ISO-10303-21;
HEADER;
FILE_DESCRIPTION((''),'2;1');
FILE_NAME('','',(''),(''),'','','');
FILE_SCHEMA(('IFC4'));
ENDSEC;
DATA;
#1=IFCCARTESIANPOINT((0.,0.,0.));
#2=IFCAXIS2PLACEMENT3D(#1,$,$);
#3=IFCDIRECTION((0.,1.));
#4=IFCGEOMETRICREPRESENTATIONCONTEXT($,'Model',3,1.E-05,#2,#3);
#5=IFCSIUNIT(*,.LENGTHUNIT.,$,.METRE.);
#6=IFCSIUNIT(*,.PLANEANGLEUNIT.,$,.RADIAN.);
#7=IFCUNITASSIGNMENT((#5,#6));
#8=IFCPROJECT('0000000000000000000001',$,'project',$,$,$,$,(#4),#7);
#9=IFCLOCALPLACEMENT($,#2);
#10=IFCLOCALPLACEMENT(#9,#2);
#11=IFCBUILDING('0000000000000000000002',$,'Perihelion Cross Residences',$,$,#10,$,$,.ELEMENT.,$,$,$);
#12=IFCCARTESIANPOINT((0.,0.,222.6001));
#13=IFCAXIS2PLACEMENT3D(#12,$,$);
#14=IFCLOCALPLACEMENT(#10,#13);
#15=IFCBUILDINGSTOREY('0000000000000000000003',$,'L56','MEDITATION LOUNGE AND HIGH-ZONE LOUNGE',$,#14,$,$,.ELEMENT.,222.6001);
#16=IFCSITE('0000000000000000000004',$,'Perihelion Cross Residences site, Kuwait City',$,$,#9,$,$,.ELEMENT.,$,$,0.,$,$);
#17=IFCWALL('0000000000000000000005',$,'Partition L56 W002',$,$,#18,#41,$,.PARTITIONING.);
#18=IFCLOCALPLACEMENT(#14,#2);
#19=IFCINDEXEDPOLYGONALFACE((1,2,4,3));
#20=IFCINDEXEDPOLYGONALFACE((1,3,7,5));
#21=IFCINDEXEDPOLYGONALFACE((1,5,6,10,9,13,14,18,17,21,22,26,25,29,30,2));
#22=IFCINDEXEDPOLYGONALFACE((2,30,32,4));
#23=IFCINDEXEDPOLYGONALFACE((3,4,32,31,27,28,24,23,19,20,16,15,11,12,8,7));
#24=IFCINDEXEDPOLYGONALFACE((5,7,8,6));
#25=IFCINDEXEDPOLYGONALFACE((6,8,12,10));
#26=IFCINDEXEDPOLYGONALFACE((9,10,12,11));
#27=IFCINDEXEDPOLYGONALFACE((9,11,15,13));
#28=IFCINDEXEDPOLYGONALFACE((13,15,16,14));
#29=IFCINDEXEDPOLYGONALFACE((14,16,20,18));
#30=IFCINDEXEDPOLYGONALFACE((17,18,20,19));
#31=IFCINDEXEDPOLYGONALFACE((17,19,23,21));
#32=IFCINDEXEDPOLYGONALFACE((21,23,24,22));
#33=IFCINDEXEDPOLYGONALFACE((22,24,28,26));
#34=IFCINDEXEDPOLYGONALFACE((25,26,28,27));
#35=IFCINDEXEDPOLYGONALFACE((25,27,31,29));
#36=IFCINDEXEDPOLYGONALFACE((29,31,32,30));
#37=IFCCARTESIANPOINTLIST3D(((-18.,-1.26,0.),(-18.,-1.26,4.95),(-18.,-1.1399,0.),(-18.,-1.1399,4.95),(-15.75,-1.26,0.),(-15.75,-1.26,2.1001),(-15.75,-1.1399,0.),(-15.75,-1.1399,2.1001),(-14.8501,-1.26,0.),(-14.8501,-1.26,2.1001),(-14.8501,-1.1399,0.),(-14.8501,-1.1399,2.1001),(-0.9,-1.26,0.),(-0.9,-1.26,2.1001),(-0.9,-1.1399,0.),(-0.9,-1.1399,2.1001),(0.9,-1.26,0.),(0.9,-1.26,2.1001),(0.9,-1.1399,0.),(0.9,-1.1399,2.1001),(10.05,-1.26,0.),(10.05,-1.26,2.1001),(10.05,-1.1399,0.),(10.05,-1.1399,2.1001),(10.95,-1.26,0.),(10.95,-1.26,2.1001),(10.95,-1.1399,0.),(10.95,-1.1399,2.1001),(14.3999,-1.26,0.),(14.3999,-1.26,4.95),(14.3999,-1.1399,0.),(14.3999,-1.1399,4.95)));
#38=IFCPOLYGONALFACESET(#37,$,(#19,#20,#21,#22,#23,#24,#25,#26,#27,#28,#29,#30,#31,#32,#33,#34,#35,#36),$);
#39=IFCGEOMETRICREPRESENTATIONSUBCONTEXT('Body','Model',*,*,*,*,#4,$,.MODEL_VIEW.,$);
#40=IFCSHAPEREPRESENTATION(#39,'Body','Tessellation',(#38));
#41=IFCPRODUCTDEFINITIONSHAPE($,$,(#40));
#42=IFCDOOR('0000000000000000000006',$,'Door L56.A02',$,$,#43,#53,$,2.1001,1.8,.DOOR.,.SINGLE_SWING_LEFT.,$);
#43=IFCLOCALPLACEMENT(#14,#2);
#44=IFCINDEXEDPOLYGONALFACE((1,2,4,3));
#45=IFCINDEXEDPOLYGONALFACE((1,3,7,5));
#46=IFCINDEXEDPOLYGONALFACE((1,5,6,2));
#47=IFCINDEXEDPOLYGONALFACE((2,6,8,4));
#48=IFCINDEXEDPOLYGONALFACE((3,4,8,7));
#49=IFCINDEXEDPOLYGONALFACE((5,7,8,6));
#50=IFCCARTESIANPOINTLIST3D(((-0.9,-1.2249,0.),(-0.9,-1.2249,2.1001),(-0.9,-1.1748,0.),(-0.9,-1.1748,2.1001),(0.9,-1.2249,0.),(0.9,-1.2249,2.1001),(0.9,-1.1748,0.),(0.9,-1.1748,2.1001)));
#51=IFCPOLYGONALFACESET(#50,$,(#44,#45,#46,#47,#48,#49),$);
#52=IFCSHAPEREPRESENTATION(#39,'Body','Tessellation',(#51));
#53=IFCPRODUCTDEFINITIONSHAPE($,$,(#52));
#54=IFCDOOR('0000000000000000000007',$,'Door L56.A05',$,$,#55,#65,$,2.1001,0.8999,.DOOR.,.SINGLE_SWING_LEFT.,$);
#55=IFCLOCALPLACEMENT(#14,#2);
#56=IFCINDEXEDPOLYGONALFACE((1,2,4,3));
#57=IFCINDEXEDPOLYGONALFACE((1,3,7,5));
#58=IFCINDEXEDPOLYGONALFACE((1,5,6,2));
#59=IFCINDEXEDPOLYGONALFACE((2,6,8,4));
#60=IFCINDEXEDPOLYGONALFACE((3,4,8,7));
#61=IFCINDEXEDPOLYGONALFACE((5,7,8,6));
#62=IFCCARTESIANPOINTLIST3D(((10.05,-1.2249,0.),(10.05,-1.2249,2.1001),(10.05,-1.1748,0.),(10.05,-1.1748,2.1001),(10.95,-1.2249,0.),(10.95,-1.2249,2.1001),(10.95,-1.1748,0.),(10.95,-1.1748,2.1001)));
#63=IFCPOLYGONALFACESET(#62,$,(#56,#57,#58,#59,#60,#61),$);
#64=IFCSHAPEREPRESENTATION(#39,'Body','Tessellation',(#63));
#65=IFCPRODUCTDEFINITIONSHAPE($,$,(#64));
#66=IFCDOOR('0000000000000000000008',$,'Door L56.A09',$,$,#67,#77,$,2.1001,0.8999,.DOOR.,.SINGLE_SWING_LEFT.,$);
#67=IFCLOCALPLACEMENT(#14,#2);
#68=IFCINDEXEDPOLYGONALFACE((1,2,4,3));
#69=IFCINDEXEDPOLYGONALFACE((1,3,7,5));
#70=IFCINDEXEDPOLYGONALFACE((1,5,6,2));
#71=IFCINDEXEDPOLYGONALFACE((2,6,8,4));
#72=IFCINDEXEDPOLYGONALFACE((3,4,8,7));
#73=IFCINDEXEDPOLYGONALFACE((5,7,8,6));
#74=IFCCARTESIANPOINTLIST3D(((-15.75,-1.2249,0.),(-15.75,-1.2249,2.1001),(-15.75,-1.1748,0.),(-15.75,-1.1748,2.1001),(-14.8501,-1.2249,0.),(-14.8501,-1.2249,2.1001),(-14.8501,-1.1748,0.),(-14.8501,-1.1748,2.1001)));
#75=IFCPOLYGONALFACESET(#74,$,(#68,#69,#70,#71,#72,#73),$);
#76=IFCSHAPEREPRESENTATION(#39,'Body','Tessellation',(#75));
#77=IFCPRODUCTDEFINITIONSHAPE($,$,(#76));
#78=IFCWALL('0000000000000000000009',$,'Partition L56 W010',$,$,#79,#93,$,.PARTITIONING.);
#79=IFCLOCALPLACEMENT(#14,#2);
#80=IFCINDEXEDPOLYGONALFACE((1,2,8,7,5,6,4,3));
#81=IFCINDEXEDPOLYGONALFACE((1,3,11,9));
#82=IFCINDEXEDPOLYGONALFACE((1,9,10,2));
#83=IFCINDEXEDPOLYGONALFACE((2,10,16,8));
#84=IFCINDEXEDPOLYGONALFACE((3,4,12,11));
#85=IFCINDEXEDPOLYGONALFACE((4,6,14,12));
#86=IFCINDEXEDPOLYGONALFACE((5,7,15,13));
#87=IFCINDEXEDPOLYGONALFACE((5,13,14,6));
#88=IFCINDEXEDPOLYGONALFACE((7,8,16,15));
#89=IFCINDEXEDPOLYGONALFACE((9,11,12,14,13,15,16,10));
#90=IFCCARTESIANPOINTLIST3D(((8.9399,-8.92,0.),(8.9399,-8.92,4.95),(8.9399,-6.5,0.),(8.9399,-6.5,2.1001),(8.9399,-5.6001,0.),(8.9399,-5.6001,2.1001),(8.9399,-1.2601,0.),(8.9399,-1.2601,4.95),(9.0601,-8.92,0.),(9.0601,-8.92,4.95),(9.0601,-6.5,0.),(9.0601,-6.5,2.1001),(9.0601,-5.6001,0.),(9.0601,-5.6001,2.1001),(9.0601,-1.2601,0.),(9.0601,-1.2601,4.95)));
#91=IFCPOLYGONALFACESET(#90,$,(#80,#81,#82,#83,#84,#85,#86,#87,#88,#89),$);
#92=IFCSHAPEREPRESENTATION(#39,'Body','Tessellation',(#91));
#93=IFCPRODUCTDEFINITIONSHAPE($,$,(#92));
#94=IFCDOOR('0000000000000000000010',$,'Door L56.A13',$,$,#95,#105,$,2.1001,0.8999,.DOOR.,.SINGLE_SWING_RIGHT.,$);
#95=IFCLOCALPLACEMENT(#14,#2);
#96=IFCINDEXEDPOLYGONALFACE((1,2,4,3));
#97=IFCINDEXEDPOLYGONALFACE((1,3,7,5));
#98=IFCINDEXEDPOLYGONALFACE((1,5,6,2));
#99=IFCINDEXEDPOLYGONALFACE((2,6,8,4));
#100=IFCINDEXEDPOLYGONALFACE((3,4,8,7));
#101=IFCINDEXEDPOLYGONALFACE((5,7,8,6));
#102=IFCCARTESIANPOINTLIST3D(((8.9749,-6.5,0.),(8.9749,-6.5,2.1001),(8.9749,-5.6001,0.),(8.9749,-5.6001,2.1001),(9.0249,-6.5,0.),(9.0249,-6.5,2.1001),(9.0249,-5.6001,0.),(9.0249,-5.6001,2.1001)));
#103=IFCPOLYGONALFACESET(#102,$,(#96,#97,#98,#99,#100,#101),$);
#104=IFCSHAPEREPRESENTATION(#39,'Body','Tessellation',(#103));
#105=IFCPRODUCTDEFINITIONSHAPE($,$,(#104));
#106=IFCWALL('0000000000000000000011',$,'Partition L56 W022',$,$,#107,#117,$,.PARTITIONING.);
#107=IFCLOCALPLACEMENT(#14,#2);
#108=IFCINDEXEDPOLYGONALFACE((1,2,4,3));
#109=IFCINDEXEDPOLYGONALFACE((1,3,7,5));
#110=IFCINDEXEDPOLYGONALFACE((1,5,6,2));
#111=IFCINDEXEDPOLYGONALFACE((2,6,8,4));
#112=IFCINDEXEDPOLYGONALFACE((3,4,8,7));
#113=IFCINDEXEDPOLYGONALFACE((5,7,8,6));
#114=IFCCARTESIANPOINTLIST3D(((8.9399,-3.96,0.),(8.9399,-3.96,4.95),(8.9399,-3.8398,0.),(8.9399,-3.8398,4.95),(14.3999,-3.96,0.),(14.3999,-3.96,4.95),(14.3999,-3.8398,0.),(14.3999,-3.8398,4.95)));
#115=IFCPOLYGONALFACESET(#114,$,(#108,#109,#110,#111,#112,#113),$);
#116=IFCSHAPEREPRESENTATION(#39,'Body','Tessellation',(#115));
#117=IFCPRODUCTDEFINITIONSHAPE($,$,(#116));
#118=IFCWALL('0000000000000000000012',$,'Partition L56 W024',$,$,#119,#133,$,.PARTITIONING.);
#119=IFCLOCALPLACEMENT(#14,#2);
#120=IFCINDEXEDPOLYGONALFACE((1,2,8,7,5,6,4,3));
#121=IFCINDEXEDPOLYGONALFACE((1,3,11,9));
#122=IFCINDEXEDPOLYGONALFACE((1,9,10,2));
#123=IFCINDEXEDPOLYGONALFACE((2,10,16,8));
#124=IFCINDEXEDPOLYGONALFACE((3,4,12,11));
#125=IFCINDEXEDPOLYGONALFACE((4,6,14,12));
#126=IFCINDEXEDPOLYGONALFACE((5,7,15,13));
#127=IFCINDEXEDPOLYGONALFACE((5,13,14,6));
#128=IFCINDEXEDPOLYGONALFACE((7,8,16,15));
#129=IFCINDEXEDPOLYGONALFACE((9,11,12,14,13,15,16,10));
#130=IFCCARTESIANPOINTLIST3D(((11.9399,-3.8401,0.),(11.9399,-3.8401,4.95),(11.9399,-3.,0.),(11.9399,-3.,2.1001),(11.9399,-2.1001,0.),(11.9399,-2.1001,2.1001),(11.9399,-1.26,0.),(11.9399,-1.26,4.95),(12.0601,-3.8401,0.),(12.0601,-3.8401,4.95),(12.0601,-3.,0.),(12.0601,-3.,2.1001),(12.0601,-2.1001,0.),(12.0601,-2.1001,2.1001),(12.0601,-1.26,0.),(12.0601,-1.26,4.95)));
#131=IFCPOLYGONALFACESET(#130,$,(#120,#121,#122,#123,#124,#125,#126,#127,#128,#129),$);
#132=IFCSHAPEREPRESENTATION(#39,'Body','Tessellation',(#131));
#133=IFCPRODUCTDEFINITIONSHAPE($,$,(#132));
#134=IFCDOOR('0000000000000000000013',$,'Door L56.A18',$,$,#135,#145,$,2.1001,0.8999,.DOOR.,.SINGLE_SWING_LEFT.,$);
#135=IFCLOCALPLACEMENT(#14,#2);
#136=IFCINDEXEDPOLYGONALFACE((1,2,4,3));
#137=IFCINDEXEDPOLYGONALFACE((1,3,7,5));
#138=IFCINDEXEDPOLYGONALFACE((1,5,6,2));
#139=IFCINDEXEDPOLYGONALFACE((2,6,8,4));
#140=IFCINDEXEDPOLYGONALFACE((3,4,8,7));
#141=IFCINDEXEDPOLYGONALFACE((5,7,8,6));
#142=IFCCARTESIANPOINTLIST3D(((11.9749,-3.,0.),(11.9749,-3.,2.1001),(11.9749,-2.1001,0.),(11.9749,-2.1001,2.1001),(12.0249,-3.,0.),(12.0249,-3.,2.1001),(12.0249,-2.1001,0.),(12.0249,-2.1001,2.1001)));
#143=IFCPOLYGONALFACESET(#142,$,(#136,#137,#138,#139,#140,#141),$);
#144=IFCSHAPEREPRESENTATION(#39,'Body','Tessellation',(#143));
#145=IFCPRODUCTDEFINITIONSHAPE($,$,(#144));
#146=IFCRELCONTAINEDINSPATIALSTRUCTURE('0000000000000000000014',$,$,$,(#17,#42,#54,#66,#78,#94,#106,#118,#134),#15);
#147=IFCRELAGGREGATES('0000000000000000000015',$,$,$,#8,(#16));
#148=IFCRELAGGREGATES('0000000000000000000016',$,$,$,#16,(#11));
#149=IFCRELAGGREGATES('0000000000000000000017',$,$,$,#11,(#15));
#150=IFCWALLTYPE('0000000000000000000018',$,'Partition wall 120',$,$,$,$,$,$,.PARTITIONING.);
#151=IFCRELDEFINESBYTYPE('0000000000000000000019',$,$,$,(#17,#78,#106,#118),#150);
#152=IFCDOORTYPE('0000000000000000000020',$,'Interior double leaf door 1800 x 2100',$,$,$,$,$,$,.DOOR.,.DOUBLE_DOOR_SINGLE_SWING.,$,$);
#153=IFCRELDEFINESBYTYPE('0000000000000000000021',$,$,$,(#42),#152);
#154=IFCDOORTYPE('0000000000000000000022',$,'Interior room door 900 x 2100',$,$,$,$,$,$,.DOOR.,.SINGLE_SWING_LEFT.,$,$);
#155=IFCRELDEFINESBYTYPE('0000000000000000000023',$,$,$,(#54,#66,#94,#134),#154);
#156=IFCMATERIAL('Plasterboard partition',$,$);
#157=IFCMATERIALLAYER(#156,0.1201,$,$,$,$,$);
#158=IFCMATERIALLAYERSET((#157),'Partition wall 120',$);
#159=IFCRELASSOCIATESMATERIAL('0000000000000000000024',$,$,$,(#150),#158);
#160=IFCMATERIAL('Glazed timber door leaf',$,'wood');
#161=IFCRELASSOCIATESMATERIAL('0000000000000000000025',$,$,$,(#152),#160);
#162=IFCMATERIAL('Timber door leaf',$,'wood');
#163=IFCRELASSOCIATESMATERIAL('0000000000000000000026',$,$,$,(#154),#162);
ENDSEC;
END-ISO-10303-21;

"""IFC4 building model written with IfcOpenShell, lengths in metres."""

from ifc_helpers import new_model, si_unit, direction, frame, frame_2d, origin, place, context, subcontext, project, spatial, rectangle, extrude, material, layer, layer_set, type_object, element, fill, save


model = new_model("IFC4")

# Units and contexts
model_context = context("Model", 3, precision=1e-05, world=origin(), true_north=direction((0.0, 1.0)))
body_context = subcontext(model_context, "Body", "Model", "MODEL_VIEW")
ifc_project = project(units=[si_unit("LENGTHUNIT", "METRE"), si_unit("PLANEANGLEUNIT", "RADIAN")], contexts=[model_context])

# Site, building, storey
site_placement = place(None, origin())
site = spatial("IfcSite", under=ifc_project, at=site_placement, Name="Perihelion Cross Residences site, Kuwait City", CompositionType="ELEMENT", RefElevation=0.0)
building_placement = place(site_placement, origin())
building = spatial("IfcBuilding", under=site, at=building_placement, Name="Perihelion Cross Residences", CompositionType="ELEMENT")
storey_placement = place(building_placement, frame((0.0, 0.0, 222.6001)))
storey = spatial("IfcBuildingStorey", under=building, at=storey_placement, Name="L56", Description="MEDITATION LOUNGE AND HIGH-ZONE LOUNGE", CompositionType="ELEMENT", Elevation=222.6001)

# Wall, openings, doors
ifc_material_1 = material(Name="Plasterboard partition")
ifc_layer_1 = layer(ifc_material_1, 0.1201)
ifc_layer_set_1 = layer_set([ifc_layer_1], Name="Partition wall 120")
wall_type_1 = type_object("IfcWallType", Name="Partition wall 120", PredefinedType="PARTITIONING", material=ifc_layer_set_1)
wall_1_placement = place(storey_placement, frame((14.3999, -1.2, 0.0), z_axis=(0.0, 0.0, 1.0), x_axis=(-1.0, 0.0, 0.0)))
wall_1 = element("IfcWall", 1, at=wall_1_placement, inside=storey, type_object=wall_type_1, Name="Partition L56 W002", PredefinedType="PARTITIONING", context=body_context, shape_type="SweptSolid", body=[
    extrude(rectangle(XDim=32.3999, YDim=0.1201, at=frame_2d((16.2, 0.0))), origin(), (0.0, 0.0, 1.0), 4.95),
])
opening_1_placement = place(wall_1_placement, frame((13.5, 0.0, 0.0)))
opening_1 = element("IfcOpeningElement", 2, at=opening_1_placement, cuts=wall_1, PredefinedType="OPENING", context=body_context, shape_type="SweptSolid", body=[
    extrude(rectangle(XDim=1.8, YDim=2.1001, at=frame_2d((0.8999, 1.05))), frame((0.0, 0.0701, 0.0), z_axis=(0.0, -1.0, 0.0), x_axis=(1.0, 0.0, 0.0)), (0.0, 0.0, 1.0), 0.1401),
])
opening_2_placement = place(wall_1_placement, frame((3.45, 0.0, 0.0)))
opening_2 = element("IfcOpeningElement", 3, at=opening_2_placement, cuts=wall_1, PredefinedType="OPENING", context=body_context, shape_type="SweptSolid", body=[
    extrude(rectangle(XDim=0.8999, YDim=2.1001, at=frame_2d((0.45, 1.05))), frame((0.0, 0.0701, 0.0), z_axis=(0.0, -1.0, 0.0), x_axis=(1.0, 0.0, 0.0)), (0.0, 0.0, 1.0), 0.1401),
])
opening_3_placement = place(wall_1_placement, frame((29.25, 0.0, 0.0)))
opening_3 = element("IfcOpeningElement", 4, at=opening_3_placement, cuts=wall_1, PredefinedType="OPENING", context=body_context, shape_type="SweptSolid", body=[
    extrude(rectangle(XDim=0.8999, YDim=2.1001, at=frame_2d((0.45, 1.05))), frame((0.0, 0.0701, 0.0), z_axis=(0.0, -1.0, 0.0), x_axis=(1.0, 0.0, 0.0)), (0.0, 0.0, 1.0), 0.1401),
])
ifc_material_2 = material(Name="Glazed timber door leaf", Category="wood")
door_type_1 = type_object("IfcDoorType", Name="Interior double leaf door 1800 x 2100", OperationType="DOUBLE_DOOR_SINGLE_SWING", PredefinedType="DOOR", material=ifc_material_2)
door_1_placement = place(opening_1_placement, origin())
door_1 = element("IfcDoor", 5, at=door_1_placement, inside=storey, type_object=door_type_1, Name="Door L56.A02", OperationType="SINGLE_SWING_LEFT", OverallHeight=2.1001, OverallWidth=1.8, PredefinedType="DOOR", context=body_context, shape_type="SweptSolid", body=[
    extrude(rectangle(XDim=1.8, YDim=2.1001, at=frame_2d((0.8999, 1.05))), frame((0.0, 0.0249, 0.0), z_axis=(0.0, -1.0, 0.0), x_axis=(1.0, 0.0, 0.0)), (0.0, 0.0, 1.0), 0.05),
])
fill(opening_1, door_1)
ifc_material_3 = material(Name="Timber door leaf", Category="wood")
door_type_2 = type_object("IfcDoorType", Name="Interior room door 900 x 2100", OperationType="SINGLE_SWING_LEFT", PredefinedType="DOOR", material=ifc_material_3)
door_2_placement = place(opening_2_placement, origin())
door_2 = element("IfcDoor", 6, at=door_2_placement, inside=storey, type_object=door_type_2, Name="Door L56.A05", OperationType="SINGLE_SWING_LEFT", OverallHeight=2.1001, OverallWidth=0.8999, PredefinedType="DOOR", context=body_context, shape_type="SweptSolid", body=[
    extrude(rectangle(XDim=0.8999, YDim=2.1001, at=frame_2d((0.45, 1.05))), frame((0.0, 0.0249, 0.0), z_axis=(0.0, -1.0, 0.0), x_axis=(1.0, 0.0, 0.0)), (0.0, 0.0, 1.0), 0.05),
])
fill(opening_2, door_2)
door_3_placement = place(opening_3_placement, origin())
door_3 = element("IfcDoor", 7, at=door_3_placement, inside=storey, type_object=door_type_2, Name="Door L56.A09", OperationType="SINGLE_SWING_LEFT", OverallHeight=2.1001, OverallWidth=0.8999, PredefinedType="DOOR", context=body_context, shape_type="SweptSolid", body=[
    extrude(rectangle(XDim=0.8999, YDim=2.1001, at=frame_2d((0.45, 1.05))), frame((0.0, 0.0249, 0.0), z_axis=(0.0, -1.0, 0.0), x_axis=(1.0, 0.0, 0.0)), (0.0, 0.0, 1.0), 0.05),
])
fill(opening_3, door_3)

# Wall, opening, door
wall_2_placement = place(storey_placement, frame((9.0, -1.26, 0.0), z_axis=(0.0, 0.0, 1.0), x_axis=(0.0, -1.0, 0.0)))
wall_2 = element("IfcWall", 8, at=wall_2_placement, inside=storey, type_object=wall_type_1, Name="Partition L56 W010", PredefinedType="PARTITIONING", context=body_context, shape_type="SweptSolid", body=[
    extrude(rectangle(XDim=7.6599, YDim=0.1201, at=frame_2d((3.8301, 0.0))), origin(), (0.0, 0.0, 1.0), 4.95),
])
opening_4_placement = place(wall_2_placement, frame((4.3401, 0.0, 0.0)))
opening_4 = element("IfcOpeningElement", 9, at=opening_4_placement, cuts=wall_2, PredefinedType="OPENING", context=body_context, shape_type="SweptSolid", body=[
    extrude(rectangle(XDim=0.8999, YDim=2.1001, at=frame_2d((0.45, 1.05))), frame((0.0, 0.0701, 0.0), z_axis=(0.0, -1.0, 0.0), x_axis=(1.0, 0.0, 0.0)), (0.0, 0.0, 1.0), 0.1401),
])
door_4_placement = place(opening_4_placement, origin())
door_4 = element("IfcDoor", 10, at=door_4_placement, inside=storey, type_object=door_type_2, Name="Door L56.A13", OperationType="SINGLE_SWING_RIGHT", OverallHeight=2.1001, OverallWidth=0.8999, PredefinedType="DOOR", context=body_context, shape_type="SweptSolid", body=[
    extrude(rectangle(XDim=0.8999, YDim=2.1001, at=frame_2d((0.45, 1.05))), frame((0.0, 0.0249, 0.0), z_axis=(0.0, -1.0, 0.0), x_axis=(1.0, 0.0, 0.0)), (0.0, 0.0, 1.0), 0.05),
])
fill(opening_4, door_4)

# Wall
wall_3_placement = place(storey_placement, frame((8.9399, -3.8999, 0.0), z_axis=(0.0, 0.0, 1.0), x_axis=(1.0, 0.0, 0.0)))
element("IfcWall", 11, at=wall_3_placement, inside=storey, type_object=wall_type_1, Name="Partition L56 W022", PredefinedType="PARTITIONING", context=body_context, shape_type="SweptSolid", body=[
    extrude(rectangle(XDim=5.46, YDim=0.1201, at=frame_2d((2.73, 0.0))), origin(), (0.0, 0.0, 1.0), 4.95),
])

# Wall, opening, door
wall_4_placement = place(storey_placement, frame((12.0, -1.26, 0.0), z_axis=(0.0, 0.0, 1.0), x_axis=(0.0, -1.0, 0.0)))
wall_4 = element("IfcWall", 12, at=wall_4_placement, inside=storey, type_object=wall_type_1, Name="Partition L56 W024", PredefinedType="PARTITIONING", context=body_context, shape_type="SweptSolid", body=[
    extrude(rectangle(XDim=2.5801, YDim=0.1201, at=frame_2d((1.29, 0.0))), origin(), (0.0, 0.0, 1.0), 4.95),
])
opening_5_placement = place(wall_4_placement, frame((0.8401, 0.0, 0.0)))
opening_5 = element("IfcOpeningElement", 13, at=opening_5_placement, cuts=wall_4, PredefinedType="OPENING", context=body_context, shape_type="SweptSolid", body=[
    extrude(rectangle(XDim=0.8999, YDim=2.1001, at=frame_2d((0.45, 1.05))), frame((0.0, 0.0701, 0.0), z_axis=(0.0, -1.0, 0.0), x_axis=(1.0, 0.0, 0.0)), (0.0, 0.0, 1.0), 0.1401),
])
door_5_placement = place(opening_5_placement, origin())
door_5 = element("IfcDoor", 14, at=door_5_placement, inside=storey, type_object=door_type_2, Name="Door L56.A18", OperationType="SINGLE_SWING_LEFT", OverallHeight=2.1001, OverallWidth=0.8999, PredefinedType="DOOR", context=body_context, shape_type="SweptSolid", body=[
    extrude(rectangle(XDim=0.8999, YDim=2.1001, at=frame_2d((0.45, 1.05))), frame((0.0, 0.0249, 0.0), z_axis=(0.0, -1.0, 0.0), x_axis=(1.0, 0.0, 0.0)), (0.0, 0.0, 1.0), 0.05),
])
fill(opening_5, door_5)

save(model, "model.ifc")
